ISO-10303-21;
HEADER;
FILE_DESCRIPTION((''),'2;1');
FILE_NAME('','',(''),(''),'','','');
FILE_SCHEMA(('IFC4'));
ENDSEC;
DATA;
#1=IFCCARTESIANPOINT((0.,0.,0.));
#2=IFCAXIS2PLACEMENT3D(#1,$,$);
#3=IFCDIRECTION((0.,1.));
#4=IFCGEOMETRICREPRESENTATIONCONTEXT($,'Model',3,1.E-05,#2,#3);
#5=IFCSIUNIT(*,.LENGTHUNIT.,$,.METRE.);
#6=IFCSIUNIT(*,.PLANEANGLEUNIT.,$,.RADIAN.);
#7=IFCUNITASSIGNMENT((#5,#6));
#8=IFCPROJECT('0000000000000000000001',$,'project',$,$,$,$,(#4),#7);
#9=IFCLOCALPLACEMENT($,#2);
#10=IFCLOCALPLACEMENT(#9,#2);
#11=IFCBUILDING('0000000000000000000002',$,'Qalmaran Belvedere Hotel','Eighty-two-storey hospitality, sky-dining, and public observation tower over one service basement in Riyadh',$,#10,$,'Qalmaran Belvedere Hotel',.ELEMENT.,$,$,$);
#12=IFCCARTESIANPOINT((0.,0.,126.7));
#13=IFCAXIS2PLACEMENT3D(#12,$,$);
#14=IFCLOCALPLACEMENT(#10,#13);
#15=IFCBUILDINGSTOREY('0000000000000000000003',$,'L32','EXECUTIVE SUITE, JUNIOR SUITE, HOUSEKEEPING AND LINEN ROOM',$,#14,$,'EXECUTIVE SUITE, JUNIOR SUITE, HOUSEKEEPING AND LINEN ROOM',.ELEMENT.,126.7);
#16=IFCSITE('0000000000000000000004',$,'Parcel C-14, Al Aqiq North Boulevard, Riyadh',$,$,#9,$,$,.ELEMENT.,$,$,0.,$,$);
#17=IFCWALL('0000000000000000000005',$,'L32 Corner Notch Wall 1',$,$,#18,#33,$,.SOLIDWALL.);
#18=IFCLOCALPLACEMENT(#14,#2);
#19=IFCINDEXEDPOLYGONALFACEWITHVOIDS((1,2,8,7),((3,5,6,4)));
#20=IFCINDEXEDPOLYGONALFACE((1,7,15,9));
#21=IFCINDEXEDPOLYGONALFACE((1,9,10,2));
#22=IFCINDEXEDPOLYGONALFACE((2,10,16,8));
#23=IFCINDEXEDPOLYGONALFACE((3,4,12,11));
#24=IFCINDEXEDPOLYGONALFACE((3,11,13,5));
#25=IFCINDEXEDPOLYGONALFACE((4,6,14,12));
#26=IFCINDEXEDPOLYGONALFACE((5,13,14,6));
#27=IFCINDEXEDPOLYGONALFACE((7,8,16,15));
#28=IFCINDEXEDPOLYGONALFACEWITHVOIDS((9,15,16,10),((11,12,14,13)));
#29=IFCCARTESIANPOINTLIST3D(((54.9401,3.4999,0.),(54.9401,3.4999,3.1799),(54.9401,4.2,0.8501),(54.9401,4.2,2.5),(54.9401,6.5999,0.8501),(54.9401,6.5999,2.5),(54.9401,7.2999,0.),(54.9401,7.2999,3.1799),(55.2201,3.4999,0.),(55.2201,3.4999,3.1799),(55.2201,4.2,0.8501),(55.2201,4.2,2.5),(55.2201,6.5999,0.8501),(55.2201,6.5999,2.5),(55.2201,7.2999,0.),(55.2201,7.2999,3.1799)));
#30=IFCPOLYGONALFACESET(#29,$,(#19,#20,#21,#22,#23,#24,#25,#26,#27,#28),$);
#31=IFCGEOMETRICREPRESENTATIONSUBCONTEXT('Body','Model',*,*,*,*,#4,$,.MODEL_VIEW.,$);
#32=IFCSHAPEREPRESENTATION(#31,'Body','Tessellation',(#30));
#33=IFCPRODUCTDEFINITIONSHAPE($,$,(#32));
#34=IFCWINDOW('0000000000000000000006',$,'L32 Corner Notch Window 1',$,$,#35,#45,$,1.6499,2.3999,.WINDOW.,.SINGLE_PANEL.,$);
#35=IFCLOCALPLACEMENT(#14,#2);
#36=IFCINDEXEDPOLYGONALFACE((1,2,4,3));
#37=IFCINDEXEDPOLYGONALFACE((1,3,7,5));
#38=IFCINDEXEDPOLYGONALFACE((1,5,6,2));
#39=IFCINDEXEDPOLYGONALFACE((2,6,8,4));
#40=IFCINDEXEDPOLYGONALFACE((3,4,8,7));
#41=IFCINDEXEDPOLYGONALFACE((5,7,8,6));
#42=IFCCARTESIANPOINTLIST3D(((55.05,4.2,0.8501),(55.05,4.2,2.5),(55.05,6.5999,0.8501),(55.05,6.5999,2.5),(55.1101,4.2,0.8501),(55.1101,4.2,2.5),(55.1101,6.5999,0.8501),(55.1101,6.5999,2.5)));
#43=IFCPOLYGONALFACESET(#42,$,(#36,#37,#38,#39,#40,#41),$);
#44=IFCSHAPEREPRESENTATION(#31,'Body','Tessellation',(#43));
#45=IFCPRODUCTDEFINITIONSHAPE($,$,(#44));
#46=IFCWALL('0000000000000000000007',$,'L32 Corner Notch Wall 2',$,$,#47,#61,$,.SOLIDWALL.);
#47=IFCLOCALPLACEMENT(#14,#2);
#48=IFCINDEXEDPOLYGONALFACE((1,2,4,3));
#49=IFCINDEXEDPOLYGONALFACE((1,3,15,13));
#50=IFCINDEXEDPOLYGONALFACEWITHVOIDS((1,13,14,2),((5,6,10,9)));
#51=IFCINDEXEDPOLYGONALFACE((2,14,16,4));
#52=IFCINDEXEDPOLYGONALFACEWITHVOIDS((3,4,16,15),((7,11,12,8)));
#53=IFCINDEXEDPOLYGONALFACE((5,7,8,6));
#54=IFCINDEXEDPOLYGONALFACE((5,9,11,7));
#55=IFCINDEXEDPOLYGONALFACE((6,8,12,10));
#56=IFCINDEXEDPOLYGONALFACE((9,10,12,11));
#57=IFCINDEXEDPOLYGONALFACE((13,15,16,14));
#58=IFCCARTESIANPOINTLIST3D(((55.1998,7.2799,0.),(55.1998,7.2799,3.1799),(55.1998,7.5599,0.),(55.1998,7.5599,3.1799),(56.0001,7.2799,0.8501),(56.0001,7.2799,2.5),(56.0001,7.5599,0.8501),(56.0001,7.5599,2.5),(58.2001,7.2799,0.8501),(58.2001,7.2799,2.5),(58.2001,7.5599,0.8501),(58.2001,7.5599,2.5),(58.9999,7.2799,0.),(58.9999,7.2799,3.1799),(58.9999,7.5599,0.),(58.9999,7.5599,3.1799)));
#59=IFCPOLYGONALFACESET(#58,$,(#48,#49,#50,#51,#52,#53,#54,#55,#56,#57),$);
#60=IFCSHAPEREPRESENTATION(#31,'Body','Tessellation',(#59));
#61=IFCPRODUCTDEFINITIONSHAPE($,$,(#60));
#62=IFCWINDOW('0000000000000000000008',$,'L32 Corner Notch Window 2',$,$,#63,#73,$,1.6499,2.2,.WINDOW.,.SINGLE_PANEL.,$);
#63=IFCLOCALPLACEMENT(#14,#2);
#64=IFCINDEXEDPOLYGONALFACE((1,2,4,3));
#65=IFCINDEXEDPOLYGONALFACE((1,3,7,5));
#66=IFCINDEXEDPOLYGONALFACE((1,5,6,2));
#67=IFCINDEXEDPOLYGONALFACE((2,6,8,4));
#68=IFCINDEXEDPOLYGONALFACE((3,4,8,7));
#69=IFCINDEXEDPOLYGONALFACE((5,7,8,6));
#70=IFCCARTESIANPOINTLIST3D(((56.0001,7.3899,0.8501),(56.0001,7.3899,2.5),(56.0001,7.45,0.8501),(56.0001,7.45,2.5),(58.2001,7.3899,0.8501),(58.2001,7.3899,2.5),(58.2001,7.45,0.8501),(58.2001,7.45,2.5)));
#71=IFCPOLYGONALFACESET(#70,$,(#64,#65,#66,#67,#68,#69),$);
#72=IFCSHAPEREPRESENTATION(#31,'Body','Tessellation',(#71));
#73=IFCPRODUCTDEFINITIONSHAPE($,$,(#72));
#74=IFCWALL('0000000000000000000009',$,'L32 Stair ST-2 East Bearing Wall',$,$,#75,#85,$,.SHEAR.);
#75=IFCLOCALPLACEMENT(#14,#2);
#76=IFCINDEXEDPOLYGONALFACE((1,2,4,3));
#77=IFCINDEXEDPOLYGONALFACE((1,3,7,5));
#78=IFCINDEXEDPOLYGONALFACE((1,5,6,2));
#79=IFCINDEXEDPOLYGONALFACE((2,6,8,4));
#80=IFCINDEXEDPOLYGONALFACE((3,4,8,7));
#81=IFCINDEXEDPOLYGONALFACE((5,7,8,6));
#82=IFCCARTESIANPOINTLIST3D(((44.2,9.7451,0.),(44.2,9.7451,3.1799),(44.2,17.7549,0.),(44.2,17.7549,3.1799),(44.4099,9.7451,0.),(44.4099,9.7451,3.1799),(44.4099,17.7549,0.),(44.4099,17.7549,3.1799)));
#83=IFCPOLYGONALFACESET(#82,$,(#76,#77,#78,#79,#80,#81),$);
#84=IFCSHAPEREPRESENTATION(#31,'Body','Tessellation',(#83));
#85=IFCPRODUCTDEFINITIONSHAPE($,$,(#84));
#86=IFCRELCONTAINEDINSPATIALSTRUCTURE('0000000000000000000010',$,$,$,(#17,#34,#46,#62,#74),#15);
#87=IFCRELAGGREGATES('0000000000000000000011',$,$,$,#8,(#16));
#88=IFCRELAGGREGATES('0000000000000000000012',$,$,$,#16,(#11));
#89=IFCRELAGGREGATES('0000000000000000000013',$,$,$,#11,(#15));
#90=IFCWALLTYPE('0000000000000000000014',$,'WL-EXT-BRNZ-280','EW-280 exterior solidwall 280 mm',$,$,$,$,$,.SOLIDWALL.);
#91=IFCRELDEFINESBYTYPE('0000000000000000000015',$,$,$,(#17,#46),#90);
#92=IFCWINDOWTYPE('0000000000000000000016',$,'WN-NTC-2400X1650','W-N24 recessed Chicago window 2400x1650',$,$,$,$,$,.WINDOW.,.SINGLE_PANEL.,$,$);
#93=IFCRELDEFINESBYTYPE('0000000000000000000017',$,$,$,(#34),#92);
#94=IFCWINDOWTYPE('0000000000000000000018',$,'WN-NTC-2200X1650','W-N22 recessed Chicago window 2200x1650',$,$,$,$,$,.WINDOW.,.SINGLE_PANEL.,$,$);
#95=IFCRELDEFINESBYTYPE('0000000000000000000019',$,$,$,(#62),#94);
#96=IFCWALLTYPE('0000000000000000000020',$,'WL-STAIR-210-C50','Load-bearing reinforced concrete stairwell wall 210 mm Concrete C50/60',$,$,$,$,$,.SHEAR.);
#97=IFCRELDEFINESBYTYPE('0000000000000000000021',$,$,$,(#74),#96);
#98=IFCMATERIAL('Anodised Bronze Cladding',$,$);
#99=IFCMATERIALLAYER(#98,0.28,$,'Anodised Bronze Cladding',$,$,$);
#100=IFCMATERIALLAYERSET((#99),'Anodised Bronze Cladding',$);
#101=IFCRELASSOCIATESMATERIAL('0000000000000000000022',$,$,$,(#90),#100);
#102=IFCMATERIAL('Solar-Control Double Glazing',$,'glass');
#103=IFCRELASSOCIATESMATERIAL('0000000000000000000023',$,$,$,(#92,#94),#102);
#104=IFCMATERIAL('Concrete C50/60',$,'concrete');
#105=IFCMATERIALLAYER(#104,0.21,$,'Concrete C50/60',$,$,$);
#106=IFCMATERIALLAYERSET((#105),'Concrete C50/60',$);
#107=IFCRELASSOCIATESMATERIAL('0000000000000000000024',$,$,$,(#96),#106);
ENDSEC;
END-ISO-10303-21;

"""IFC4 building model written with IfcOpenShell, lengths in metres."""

from ifc_helpers import new_model, si_unit, direction, frame, frame_2d, origin, place, context, subcontext, project, spatial, rectangle, extrude, material, layer, layer_set, type_object, element, fill, save


model = new_model("IFC4")

# Units and contexts
model_context = context("Model", 3, precision=1e-05, world=origin(), true_north=direction((0.0, 1.0)))
body_context = subcontext(model_context, "Body", "Model", "MODEL_VIEW")
ifc_project = project(units=[si_unit("LENGTHUNIT", "METRE"), si_unit("PLANEANGLEUNIT", "RADIAN")], contexts=[model_context])

# Site, building, storey
site_placement = place(None, origin())
site = spatial("IfcSite", under=ifc_project, at=site_placement, Name="Parcel C-14, Al Aqiq North Boulevard, Riyadh", CompositionType="ELEMENT", RefElevation=0.0)
building_placement = place(site_placement, origin())
building = spatial("IfcBuilding", under=site, at=building_placement, Name="Qalmaran Belvedere Hotel", Description="Eighty-two-storey hospitality, sky-dining, and public observation tower over one service basement in Riyadh", LongName="Qalmaran Belvedere Hotel", CompositionType="ELEMENT")
storey_placement = place(building_placement, frame((0.0, 0.0, 126.7)))
storey = spatial("IfcBuildingStorey", under=building, at=storey_placement, Name="L32", Description="EXECUTIVE SUITE, JUNIOR SUITE, HOUSEKEEPING AND LINEN ROOM", LongName="EXECUTIVE SUITE, JUNIOR SUITE, HOUSEKEEPING AND LINEN ROOM", CompositionType="ELEMENT", Elevation=126.7)

# Shared definitions
ifc_material_1 = material(Name="Solar-Control Double Glazing", Category="glass")

# Walls, openings, windows
ifc_material_2 = material(Name="Anodised Bronze Cladding")
ifc_layer_1 = layer(ifc_material_2, 0.28, Name="Anodised Bronze Cladding")
ifc_layer_set_1 = layer_set([ifc_layer_1], Name="Anodised Bronze Cladding")
wall_type_1 = type_object("IfcWallType", Name="WL-EXT-BRNZ-280", Description="EW-280 exterior solidwall 280 mm", PredefinedType="SOLIDWALL", material=ifc_layer_set_1)
wall_1_placement = place(storey_placement, frame((55.0801, 3.5, 0.0), z_axis=(0.0, 0.0, 1.0), x_axis=(0.0, 1.0, 0.0)))
wall_1 = element("IfcWall", 1, at=wall_1_placement, inside=storey, type_object=wall_type_1, Name="L32 Corner Notch Wall 1", PredefinedType="SOLIDWALL", context=body_context, shape_type="SweptSolid", body=[
    extrude(rectangle(XDim=3.8, YDim=0.28, at=frame_2d((1.8999, 0.0))), origin(), (0.0, 0.0, 1.0), 3.1799),
])
opening_1_placement = place(wall_1_placement, frame((0.7, 0.0, 0.8501)))
opening_1 = element("IfcOpeningElement", 2, at=opening_1_placement, cuts=wall_1, PredefinedType="OPENING", context=body_context, shape_type="SweptSolid", body=[
    extrude(rectangle(XDim=2.3999, YDim=1.6499, at=frame_2d((1.2, 0.825))), frame((0.0, 0.1499, 0.0), z_axis=(0.0, -1.0, 0.0), x_axis=(1.0, 0.0, 0.0)), (0.0, 0.0, 1.0), 0.3),
])
window_type_1 = type_object("IfcWindowType", Name="WN-NTC-2400X1650", Description="W-N24 recessed Chicago window 2400x1650", PartitioningType="SINGLE_PANEL", PredefinedType="WINDOW", material=ifc_material_1)
window_1_placement = place(opening_1_placement, origin())
window_1 = element("IfcWindow", 3, at=window_1_placement, inside=storey, type_object=window_type_1, Name="L32 Corner Notch Window 1", OverallHeight=1.6499, OverallWidth=2.3999, PartitioningType="SINGLE_PANEL", PredefinedType="WINDOW", context=body_context, shape_type="SweptSolid", body=[
    extrude(rectangle(XDim=2.3999, YDim=1.6499, at=frame_2d((1.2, 0.825))), frame((0.0, 0.03, 0.0), z_axis=(0.0, -1.0, 0.0), x_axis=(1.0, 0.0, 0.0)), (0.0, 0.0, 1.0), 0.0601),
])
fill(opening_1, window_1)
wall_2_placement = place(storey_placement, frame((55.2, 7.4199, 0.0), z_axis=(0.0, 0.0, 1.0), x_axis=(1.0, 0.0, 0.0)))
wall_2 = element("IfcWall", 4, at=wall_2_placement, inside=storey, type_object=wall_type_1, Name="L32 Corner Notch Wall 2", PredefinedType="SOLIDWALL", context=body_context, shape_type="SweptSolid", body=[
    extrude(rectangle(XDim=3.8, YDim=0.28, at=frame_2d((1.8999, 0.0))), origin(), (0.0, 0.0, 1.0), 3.1799),
])
opening_2_placement = place(wall_2_placement, frame((0.8, 0.0, 0.8501)))
opening_2 = element("IfcOpeningElement", 5, at=opening_2_placement, cuts=wall_2, PredefinedType="OPENING", context=body_context, shape_type="SweptSolid", body=[
    extrude(rectangle(XDim=2.2, YDim=1.6499, at=frame_2d((1.1001, 0.825))), frame((0.0, 0.1499, 0.0), z_axis=(0.0, -1.0, 0.0), x_axis=(1.0, 0.0, 0.0)), (0.0, 0.0, 1.0), 0.3),
])
window_type_2 = type_object("IfcWindowType", Name="WN-NTC-2200X1650", Description="W-N22 recessed Chicago window 2200x1650", PartitioningType="SINGLE_PANEL", PredefinedType="WINDOW", material=ifc_material_1)
window_2_placement = place(opening_2_placement, origin())
window_2 = element("IfcWindow", 6, at=window_2_placement, inside=storey, type_object=window_type_2, Name="L32 Corner Notch Window 2", OverallHeight=1.6499, OverallWidth=2.2, PartitioningType="SINGLE_PANEL", PredefinedType="WINDOW", context=body_context, shape_type="SweptSolid", body=[
    extrude(rectangle(XDim=2.2, YDim=1.6499, at=frame_2d((1.1001, 0.825))), frame((0.0, 0.03, 0.0), z_axis=(0.0, -1.0, 0.0), x_axis=(1.0, 0.0, 0.0)), (0.0, 0.0, 1.0), 0.0601),
])
fill(opening_2, window_2)

# Wall
ifc_material_3 = material(Name="Concrete C50/60", Category="concrete")
ifc_layer_2 = layer(ifc_material_3, 0.21, Name="Concrete C50/60")
ifc_layer_set_2 = layer_set([ifc_layer_2], Name="Concrete C50/60")
wall_type_2 = type_object("IfcWallType", Name="WL-STAIR-210-C50", Description="Load-bearing reinforced concrete stairwell wall 210 mm Concrete C50/60", PredefinedType="SHEAR", material=ifc_layer_set_2)
wall_3_placement = place(storey_placement, frame((44.3049, 9.7451, 0.0), z_axis=(0.0, 0.0, 1.0), x_axis=(0.0, 1.0, 0.0)))
element("IfcWall", 7, at=wall_3_placement, inside=storey, type_object=wall_type_2, Name="L32 Stair ST-2 East Bearing Wall", PredefinedType="SHEAR", context=body_context, shape_type="SweptSolid", body=[
    extrude(rectangle(XDim=8.0098, YDim=0.21, at=frame_2d((4.0049, 0.0))), origin(), (0.0, 0.0, 1.0), 3.1799),
])

save(model, "model.ifc")
